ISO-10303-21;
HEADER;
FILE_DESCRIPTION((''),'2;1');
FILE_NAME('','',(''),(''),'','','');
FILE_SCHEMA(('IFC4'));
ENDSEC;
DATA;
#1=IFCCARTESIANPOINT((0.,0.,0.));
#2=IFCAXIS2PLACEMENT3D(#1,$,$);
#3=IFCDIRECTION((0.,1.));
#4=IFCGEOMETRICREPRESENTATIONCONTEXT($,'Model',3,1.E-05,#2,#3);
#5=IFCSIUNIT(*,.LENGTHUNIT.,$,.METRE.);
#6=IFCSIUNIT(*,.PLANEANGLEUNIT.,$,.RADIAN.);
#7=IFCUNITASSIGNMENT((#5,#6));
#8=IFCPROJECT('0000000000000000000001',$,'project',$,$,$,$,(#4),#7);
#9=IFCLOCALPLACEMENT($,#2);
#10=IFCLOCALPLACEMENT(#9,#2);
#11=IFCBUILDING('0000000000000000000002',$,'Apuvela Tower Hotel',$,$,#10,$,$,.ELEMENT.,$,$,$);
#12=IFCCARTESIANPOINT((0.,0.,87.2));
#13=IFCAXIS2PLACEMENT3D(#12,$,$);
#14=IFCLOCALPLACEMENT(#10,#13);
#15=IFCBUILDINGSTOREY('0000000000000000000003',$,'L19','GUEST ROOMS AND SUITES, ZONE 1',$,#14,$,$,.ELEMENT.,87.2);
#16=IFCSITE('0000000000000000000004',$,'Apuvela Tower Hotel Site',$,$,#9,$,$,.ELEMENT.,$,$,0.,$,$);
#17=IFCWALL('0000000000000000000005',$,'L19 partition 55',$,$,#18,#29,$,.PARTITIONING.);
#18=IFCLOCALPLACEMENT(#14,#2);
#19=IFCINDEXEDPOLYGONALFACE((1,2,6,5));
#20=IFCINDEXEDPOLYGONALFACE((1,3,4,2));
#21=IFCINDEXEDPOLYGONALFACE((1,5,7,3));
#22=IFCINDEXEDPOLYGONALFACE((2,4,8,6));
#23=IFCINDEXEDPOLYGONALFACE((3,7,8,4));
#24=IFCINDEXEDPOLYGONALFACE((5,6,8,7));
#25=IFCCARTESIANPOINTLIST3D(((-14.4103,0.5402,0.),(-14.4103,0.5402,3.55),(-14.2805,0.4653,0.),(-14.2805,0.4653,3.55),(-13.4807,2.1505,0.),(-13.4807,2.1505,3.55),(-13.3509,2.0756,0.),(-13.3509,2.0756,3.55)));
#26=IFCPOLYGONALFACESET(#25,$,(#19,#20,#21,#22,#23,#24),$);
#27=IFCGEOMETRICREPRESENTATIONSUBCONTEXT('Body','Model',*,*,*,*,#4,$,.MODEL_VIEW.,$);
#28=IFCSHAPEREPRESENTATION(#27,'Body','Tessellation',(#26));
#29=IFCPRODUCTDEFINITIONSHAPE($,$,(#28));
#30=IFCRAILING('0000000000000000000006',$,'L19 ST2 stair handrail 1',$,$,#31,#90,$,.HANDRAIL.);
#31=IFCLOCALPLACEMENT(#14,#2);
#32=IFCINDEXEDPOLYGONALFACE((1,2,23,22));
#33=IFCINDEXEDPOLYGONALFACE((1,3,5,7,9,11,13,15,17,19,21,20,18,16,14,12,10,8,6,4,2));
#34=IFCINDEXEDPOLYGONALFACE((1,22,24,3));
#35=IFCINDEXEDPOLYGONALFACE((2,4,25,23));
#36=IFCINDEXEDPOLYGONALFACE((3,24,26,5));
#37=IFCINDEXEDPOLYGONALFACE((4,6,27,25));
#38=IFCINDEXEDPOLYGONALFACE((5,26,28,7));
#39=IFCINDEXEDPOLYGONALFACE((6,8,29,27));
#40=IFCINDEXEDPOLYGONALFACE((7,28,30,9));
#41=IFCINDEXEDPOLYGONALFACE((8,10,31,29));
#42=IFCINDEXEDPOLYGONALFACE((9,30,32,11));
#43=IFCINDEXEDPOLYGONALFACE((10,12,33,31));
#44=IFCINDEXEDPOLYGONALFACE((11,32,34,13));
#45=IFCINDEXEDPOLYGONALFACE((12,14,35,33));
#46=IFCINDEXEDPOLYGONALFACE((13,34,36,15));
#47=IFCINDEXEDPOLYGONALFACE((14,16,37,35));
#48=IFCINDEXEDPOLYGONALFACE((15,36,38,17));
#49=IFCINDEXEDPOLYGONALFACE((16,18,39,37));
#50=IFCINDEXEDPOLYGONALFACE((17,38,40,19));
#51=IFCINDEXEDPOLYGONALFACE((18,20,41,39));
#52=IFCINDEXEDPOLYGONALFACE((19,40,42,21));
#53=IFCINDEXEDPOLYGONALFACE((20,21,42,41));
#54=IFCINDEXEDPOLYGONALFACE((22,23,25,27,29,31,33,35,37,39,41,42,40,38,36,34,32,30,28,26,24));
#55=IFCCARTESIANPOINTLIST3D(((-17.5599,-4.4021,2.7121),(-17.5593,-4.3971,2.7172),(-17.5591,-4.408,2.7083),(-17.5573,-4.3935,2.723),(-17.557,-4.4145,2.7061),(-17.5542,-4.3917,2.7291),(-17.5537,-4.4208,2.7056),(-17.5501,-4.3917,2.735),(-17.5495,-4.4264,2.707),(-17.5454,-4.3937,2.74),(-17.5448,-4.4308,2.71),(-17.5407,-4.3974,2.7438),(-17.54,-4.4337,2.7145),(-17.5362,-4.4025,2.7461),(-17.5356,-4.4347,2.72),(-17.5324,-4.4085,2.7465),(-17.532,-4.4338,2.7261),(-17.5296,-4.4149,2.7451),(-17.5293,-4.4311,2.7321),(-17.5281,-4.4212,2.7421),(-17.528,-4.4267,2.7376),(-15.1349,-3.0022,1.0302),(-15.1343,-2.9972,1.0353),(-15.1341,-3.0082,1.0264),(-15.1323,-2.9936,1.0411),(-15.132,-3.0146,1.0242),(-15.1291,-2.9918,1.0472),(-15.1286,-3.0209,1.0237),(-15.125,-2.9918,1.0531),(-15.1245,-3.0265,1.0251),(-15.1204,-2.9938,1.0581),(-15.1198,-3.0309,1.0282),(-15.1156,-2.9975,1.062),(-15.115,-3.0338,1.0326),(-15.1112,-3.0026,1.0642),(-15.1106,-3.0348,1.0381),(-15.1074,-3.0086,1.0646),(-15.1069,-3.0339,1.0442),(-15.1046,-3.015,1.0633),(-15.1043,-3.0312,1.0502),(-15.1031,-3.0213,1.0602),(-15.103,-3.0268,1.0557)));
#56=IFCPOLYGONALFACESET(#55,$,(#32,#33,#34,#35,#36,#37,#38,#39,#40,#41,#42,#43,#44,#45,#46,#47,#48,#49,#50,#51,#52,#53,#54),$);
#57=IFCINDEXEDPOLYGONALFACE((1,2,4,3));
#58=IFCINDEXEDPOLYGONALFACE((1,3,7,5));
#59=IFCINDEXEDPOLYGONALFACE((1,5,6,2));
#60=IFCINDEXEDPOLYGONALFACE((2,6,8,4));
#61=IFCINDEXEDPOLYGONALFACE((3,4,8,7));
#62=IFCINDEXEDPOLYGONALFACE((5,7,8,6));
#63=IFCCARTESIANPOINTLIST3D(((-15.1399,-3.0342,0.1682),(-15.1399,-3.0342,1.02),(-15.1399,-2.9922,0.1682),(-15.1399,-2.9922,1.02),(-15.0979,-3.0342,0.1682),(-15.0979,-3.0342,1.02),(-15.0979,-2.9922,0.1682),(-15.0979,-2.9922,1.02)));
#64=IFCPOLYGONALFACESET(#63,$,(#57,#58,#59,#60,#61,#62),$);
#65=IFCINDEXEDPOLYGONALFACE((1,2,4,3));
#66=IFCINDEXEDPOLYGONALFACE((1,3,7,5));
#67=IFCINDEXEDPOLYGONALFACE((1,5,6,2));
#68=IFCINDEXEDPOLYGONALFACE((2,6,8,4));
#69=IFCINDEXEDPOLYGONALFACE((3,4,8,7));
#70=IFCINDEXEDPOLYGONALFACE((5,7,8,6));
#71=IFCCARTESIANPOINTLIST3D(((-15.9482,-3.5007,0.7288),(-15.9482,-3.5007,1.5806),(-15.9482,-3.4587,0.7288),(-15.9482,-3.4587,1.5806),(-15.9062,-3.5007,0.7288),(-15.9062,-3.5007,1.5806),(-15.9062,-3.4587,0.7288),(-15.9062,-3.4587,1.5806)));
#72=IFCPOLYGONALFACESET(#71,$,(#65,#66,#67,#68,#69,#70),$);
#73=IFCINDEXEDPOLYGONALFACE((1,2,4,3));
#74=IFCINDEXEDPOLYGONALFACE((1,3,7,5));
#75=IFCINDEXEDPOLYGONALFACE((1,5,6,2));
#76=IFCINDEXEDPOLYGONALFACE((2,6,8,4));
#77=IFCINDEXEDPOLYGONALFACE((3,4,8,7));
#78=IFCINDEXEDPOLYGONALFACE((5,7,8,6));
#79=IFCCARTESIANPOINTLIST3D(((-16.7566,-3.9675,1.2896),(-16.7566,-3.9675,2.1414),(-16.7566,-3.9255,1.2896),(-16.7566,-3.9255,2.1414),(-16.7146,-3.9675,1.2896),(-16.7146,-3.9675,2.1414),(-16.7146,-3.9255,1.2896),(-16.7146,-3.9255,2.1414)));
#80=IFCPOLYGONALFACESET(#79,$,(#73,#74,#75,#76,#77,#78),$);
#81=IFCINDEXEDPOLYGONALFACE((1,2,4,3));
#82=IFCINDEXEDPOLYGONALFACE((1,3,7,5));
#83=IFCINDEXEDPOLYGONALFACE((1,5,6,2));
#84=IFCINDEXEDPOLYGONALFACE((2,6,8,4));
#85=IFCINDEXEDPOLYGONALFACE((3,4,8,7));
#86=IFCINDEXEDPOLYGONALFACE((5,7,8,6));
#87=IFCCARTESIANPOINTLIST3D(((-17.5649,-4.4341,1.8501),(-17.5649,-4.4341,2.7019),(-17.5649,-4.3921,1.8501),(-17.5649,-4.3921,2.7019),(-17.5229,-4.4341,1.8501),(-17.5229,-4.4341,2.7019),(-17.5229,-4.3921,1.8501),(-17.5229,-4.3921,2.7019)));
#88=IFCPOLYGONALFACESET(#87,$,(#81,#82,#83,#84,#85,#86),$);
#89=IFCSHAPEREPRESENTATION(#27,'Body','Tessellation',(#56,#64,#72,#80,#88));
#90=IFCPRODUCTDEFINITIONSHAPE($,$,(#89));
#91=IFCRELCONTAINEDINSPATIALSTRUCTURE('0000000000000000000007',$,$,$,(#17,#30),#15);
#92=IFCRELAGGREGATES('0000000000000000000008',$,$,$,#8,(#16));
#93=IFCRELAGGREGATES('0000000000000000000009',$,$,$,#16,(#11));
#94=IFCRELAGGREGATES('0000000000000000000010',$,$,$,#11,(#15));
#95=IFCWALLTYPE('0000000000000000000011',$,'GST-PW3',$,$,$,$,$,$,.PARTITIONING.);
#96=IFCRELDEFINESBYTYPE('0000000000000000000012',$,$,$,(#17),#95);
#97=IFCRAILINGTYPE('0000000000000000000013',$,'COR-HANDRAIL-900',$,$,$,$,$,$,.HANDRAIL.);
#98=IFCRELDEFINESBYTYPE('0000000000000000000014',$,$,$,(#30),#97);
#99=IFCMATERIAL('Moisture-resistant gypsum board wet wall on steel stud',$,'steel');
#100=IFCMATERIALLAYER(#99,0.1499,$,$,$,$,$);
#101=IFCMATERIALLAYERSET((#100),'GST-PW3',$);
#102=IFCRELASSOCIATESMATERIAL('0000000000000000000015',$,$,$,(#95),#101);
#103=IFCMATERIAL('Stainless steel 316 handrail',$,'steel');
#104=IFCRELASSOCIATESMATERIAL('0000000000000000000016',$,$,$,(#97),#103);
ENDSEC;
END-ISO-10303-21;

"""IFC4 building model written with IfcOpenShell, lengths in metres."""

from ifc_helpers import new_model, si_unit, direction, frame, frame_2d, origin, origin_2d, place, context, subcontext, project, spatial, rectangle, circle, extrude, material, layer, layer_set, type_object, element, save


model = new_model("IFC4")

# Units and contexts
model_context = context("Model", 3, precision=1e-05, world=origin(), true_north=direction((0.0, 1.0)))
body_context = subcontext(model_context, "Body", "Model", "MODEL_VIEW")
ifc_project = project(units=[si_unit("LENGTHUNIT", "METRE"), si_unit("PLANEANGLEUNIT", "RADIAN")], contexts=[model_context])

# Site, building, storey
site_placement = place(None, origin())
site = spatial("IfcSite", under=ifc_project, at=site_placement, Name="Apuvela Tower Hotel Site", CompositionType="ELEMENT", RefElevation=0.0)
building_placement = place(site_placement, origin())
building = spatial("IfcBuilding", under=site, at=building_placement, Name="Apuvela Tower Hotel", CompositionType="ELEMENT")
storey_placement = place(building_placement, frame((0.0, 0.0, 87.2)))
storey = spatial("IfcBuildingStorey", under=building, at=storey_placement, Name="L19", Description="GUEST ROOMS AND SUITES, ZONE 1", CompositionType="ELEMENT", Elevation=87.2)

# Shared definitions
ifc_material_1 = material(Name="Moisture-resistant gypsum board wet wall on steel stud", Category="steel")
ifc_layer_1 = layer(ifc_material_1, 0.1499)
ifc_layer_set_1 = layer_set([ifc_layer_1], Name="GST-PW3")
wall_type_1 = type_object("IfcWallType", Name="GST-PW3", PredefinedType="PARTITIONING", material=ifc_layer_set_1)

# Wall
wall_1_placement = place(storey_placement, frame((-13.4158, 2.113, 0.0), z_axis=(0.0, 0.0, 1.0), x_axis=(-0.49998, -0.866037, 0.0)))
element("IfcWall", 1, at=wall_1_placement, inside=storey, type_object=wall_type_1, Name="L19 partition 55", PredefinedType="PARTITIONING", context=body_context, shape_type="SweptSolid", body=[
    extrude(rectangle(XDim=1.8594, YDim=0.1499, at=frame_2d((0.9297, 0.0))), origin(), (0.0, 0.0, 1.0), 3.55),
])

# Railing
ifc_material_2 = material(Name="Stainless steel 316 handrail", Category="steel")
railing_type_1 = type_object("IfcRailingType", Name="COR-HANDRAIL-900", PredefinedType="HANDRAIL", material=ifc_material_2)
railing_1_placement = place(storey_placement, frame((-15.1189, -3.0132, 0.1682)))
element("IfcRailing", 2, at=railing_1_placement, inside=storey, type_object=railing_type_1, Name="L19 ST2 stair handrail 1", PredefinedType="HANDRAIL", context=body_context, shape_type="SweptSolid", body=[
    extrude(circle(Radius=0.0239, at=origin_2d()), frame((0.0, 0.0, 0.876), z_axis=(-0.742424, -0.428577, 0.514906), x_axis=(0.499946, -0.866056, 0.0)), (0.0, 0.0, 1.0), 3.2664),
    extrude(rectangle(XDim=0.042, YDim=0.042, at=origin_2d()), origin(), (0.0, 0.0, 1.0), 0.8518),
    extrude(rectangle(XDim=0.042, YDim=0.042, at=origin_2d()), frame((-0.8083, -0.4666, 0.5605)), (0.0, 0.0, 1.0), 0.8518),
    extrude(rectangle(XDim=0.042, YDim=0.042, at=origin_2d()), frame((-1.6167, -0.9333, 1.1213)), (0.0, 0.0, 1.0), 0.8518),
    extrude(rectangle(XDim=0.042, YDim=0.042, at=origin_2d()), frame((-2.425, -1.3999, 1.6819)), (0.0, 0.0, 1.0), 0.8518),
])

save(model, "model.ifc")
